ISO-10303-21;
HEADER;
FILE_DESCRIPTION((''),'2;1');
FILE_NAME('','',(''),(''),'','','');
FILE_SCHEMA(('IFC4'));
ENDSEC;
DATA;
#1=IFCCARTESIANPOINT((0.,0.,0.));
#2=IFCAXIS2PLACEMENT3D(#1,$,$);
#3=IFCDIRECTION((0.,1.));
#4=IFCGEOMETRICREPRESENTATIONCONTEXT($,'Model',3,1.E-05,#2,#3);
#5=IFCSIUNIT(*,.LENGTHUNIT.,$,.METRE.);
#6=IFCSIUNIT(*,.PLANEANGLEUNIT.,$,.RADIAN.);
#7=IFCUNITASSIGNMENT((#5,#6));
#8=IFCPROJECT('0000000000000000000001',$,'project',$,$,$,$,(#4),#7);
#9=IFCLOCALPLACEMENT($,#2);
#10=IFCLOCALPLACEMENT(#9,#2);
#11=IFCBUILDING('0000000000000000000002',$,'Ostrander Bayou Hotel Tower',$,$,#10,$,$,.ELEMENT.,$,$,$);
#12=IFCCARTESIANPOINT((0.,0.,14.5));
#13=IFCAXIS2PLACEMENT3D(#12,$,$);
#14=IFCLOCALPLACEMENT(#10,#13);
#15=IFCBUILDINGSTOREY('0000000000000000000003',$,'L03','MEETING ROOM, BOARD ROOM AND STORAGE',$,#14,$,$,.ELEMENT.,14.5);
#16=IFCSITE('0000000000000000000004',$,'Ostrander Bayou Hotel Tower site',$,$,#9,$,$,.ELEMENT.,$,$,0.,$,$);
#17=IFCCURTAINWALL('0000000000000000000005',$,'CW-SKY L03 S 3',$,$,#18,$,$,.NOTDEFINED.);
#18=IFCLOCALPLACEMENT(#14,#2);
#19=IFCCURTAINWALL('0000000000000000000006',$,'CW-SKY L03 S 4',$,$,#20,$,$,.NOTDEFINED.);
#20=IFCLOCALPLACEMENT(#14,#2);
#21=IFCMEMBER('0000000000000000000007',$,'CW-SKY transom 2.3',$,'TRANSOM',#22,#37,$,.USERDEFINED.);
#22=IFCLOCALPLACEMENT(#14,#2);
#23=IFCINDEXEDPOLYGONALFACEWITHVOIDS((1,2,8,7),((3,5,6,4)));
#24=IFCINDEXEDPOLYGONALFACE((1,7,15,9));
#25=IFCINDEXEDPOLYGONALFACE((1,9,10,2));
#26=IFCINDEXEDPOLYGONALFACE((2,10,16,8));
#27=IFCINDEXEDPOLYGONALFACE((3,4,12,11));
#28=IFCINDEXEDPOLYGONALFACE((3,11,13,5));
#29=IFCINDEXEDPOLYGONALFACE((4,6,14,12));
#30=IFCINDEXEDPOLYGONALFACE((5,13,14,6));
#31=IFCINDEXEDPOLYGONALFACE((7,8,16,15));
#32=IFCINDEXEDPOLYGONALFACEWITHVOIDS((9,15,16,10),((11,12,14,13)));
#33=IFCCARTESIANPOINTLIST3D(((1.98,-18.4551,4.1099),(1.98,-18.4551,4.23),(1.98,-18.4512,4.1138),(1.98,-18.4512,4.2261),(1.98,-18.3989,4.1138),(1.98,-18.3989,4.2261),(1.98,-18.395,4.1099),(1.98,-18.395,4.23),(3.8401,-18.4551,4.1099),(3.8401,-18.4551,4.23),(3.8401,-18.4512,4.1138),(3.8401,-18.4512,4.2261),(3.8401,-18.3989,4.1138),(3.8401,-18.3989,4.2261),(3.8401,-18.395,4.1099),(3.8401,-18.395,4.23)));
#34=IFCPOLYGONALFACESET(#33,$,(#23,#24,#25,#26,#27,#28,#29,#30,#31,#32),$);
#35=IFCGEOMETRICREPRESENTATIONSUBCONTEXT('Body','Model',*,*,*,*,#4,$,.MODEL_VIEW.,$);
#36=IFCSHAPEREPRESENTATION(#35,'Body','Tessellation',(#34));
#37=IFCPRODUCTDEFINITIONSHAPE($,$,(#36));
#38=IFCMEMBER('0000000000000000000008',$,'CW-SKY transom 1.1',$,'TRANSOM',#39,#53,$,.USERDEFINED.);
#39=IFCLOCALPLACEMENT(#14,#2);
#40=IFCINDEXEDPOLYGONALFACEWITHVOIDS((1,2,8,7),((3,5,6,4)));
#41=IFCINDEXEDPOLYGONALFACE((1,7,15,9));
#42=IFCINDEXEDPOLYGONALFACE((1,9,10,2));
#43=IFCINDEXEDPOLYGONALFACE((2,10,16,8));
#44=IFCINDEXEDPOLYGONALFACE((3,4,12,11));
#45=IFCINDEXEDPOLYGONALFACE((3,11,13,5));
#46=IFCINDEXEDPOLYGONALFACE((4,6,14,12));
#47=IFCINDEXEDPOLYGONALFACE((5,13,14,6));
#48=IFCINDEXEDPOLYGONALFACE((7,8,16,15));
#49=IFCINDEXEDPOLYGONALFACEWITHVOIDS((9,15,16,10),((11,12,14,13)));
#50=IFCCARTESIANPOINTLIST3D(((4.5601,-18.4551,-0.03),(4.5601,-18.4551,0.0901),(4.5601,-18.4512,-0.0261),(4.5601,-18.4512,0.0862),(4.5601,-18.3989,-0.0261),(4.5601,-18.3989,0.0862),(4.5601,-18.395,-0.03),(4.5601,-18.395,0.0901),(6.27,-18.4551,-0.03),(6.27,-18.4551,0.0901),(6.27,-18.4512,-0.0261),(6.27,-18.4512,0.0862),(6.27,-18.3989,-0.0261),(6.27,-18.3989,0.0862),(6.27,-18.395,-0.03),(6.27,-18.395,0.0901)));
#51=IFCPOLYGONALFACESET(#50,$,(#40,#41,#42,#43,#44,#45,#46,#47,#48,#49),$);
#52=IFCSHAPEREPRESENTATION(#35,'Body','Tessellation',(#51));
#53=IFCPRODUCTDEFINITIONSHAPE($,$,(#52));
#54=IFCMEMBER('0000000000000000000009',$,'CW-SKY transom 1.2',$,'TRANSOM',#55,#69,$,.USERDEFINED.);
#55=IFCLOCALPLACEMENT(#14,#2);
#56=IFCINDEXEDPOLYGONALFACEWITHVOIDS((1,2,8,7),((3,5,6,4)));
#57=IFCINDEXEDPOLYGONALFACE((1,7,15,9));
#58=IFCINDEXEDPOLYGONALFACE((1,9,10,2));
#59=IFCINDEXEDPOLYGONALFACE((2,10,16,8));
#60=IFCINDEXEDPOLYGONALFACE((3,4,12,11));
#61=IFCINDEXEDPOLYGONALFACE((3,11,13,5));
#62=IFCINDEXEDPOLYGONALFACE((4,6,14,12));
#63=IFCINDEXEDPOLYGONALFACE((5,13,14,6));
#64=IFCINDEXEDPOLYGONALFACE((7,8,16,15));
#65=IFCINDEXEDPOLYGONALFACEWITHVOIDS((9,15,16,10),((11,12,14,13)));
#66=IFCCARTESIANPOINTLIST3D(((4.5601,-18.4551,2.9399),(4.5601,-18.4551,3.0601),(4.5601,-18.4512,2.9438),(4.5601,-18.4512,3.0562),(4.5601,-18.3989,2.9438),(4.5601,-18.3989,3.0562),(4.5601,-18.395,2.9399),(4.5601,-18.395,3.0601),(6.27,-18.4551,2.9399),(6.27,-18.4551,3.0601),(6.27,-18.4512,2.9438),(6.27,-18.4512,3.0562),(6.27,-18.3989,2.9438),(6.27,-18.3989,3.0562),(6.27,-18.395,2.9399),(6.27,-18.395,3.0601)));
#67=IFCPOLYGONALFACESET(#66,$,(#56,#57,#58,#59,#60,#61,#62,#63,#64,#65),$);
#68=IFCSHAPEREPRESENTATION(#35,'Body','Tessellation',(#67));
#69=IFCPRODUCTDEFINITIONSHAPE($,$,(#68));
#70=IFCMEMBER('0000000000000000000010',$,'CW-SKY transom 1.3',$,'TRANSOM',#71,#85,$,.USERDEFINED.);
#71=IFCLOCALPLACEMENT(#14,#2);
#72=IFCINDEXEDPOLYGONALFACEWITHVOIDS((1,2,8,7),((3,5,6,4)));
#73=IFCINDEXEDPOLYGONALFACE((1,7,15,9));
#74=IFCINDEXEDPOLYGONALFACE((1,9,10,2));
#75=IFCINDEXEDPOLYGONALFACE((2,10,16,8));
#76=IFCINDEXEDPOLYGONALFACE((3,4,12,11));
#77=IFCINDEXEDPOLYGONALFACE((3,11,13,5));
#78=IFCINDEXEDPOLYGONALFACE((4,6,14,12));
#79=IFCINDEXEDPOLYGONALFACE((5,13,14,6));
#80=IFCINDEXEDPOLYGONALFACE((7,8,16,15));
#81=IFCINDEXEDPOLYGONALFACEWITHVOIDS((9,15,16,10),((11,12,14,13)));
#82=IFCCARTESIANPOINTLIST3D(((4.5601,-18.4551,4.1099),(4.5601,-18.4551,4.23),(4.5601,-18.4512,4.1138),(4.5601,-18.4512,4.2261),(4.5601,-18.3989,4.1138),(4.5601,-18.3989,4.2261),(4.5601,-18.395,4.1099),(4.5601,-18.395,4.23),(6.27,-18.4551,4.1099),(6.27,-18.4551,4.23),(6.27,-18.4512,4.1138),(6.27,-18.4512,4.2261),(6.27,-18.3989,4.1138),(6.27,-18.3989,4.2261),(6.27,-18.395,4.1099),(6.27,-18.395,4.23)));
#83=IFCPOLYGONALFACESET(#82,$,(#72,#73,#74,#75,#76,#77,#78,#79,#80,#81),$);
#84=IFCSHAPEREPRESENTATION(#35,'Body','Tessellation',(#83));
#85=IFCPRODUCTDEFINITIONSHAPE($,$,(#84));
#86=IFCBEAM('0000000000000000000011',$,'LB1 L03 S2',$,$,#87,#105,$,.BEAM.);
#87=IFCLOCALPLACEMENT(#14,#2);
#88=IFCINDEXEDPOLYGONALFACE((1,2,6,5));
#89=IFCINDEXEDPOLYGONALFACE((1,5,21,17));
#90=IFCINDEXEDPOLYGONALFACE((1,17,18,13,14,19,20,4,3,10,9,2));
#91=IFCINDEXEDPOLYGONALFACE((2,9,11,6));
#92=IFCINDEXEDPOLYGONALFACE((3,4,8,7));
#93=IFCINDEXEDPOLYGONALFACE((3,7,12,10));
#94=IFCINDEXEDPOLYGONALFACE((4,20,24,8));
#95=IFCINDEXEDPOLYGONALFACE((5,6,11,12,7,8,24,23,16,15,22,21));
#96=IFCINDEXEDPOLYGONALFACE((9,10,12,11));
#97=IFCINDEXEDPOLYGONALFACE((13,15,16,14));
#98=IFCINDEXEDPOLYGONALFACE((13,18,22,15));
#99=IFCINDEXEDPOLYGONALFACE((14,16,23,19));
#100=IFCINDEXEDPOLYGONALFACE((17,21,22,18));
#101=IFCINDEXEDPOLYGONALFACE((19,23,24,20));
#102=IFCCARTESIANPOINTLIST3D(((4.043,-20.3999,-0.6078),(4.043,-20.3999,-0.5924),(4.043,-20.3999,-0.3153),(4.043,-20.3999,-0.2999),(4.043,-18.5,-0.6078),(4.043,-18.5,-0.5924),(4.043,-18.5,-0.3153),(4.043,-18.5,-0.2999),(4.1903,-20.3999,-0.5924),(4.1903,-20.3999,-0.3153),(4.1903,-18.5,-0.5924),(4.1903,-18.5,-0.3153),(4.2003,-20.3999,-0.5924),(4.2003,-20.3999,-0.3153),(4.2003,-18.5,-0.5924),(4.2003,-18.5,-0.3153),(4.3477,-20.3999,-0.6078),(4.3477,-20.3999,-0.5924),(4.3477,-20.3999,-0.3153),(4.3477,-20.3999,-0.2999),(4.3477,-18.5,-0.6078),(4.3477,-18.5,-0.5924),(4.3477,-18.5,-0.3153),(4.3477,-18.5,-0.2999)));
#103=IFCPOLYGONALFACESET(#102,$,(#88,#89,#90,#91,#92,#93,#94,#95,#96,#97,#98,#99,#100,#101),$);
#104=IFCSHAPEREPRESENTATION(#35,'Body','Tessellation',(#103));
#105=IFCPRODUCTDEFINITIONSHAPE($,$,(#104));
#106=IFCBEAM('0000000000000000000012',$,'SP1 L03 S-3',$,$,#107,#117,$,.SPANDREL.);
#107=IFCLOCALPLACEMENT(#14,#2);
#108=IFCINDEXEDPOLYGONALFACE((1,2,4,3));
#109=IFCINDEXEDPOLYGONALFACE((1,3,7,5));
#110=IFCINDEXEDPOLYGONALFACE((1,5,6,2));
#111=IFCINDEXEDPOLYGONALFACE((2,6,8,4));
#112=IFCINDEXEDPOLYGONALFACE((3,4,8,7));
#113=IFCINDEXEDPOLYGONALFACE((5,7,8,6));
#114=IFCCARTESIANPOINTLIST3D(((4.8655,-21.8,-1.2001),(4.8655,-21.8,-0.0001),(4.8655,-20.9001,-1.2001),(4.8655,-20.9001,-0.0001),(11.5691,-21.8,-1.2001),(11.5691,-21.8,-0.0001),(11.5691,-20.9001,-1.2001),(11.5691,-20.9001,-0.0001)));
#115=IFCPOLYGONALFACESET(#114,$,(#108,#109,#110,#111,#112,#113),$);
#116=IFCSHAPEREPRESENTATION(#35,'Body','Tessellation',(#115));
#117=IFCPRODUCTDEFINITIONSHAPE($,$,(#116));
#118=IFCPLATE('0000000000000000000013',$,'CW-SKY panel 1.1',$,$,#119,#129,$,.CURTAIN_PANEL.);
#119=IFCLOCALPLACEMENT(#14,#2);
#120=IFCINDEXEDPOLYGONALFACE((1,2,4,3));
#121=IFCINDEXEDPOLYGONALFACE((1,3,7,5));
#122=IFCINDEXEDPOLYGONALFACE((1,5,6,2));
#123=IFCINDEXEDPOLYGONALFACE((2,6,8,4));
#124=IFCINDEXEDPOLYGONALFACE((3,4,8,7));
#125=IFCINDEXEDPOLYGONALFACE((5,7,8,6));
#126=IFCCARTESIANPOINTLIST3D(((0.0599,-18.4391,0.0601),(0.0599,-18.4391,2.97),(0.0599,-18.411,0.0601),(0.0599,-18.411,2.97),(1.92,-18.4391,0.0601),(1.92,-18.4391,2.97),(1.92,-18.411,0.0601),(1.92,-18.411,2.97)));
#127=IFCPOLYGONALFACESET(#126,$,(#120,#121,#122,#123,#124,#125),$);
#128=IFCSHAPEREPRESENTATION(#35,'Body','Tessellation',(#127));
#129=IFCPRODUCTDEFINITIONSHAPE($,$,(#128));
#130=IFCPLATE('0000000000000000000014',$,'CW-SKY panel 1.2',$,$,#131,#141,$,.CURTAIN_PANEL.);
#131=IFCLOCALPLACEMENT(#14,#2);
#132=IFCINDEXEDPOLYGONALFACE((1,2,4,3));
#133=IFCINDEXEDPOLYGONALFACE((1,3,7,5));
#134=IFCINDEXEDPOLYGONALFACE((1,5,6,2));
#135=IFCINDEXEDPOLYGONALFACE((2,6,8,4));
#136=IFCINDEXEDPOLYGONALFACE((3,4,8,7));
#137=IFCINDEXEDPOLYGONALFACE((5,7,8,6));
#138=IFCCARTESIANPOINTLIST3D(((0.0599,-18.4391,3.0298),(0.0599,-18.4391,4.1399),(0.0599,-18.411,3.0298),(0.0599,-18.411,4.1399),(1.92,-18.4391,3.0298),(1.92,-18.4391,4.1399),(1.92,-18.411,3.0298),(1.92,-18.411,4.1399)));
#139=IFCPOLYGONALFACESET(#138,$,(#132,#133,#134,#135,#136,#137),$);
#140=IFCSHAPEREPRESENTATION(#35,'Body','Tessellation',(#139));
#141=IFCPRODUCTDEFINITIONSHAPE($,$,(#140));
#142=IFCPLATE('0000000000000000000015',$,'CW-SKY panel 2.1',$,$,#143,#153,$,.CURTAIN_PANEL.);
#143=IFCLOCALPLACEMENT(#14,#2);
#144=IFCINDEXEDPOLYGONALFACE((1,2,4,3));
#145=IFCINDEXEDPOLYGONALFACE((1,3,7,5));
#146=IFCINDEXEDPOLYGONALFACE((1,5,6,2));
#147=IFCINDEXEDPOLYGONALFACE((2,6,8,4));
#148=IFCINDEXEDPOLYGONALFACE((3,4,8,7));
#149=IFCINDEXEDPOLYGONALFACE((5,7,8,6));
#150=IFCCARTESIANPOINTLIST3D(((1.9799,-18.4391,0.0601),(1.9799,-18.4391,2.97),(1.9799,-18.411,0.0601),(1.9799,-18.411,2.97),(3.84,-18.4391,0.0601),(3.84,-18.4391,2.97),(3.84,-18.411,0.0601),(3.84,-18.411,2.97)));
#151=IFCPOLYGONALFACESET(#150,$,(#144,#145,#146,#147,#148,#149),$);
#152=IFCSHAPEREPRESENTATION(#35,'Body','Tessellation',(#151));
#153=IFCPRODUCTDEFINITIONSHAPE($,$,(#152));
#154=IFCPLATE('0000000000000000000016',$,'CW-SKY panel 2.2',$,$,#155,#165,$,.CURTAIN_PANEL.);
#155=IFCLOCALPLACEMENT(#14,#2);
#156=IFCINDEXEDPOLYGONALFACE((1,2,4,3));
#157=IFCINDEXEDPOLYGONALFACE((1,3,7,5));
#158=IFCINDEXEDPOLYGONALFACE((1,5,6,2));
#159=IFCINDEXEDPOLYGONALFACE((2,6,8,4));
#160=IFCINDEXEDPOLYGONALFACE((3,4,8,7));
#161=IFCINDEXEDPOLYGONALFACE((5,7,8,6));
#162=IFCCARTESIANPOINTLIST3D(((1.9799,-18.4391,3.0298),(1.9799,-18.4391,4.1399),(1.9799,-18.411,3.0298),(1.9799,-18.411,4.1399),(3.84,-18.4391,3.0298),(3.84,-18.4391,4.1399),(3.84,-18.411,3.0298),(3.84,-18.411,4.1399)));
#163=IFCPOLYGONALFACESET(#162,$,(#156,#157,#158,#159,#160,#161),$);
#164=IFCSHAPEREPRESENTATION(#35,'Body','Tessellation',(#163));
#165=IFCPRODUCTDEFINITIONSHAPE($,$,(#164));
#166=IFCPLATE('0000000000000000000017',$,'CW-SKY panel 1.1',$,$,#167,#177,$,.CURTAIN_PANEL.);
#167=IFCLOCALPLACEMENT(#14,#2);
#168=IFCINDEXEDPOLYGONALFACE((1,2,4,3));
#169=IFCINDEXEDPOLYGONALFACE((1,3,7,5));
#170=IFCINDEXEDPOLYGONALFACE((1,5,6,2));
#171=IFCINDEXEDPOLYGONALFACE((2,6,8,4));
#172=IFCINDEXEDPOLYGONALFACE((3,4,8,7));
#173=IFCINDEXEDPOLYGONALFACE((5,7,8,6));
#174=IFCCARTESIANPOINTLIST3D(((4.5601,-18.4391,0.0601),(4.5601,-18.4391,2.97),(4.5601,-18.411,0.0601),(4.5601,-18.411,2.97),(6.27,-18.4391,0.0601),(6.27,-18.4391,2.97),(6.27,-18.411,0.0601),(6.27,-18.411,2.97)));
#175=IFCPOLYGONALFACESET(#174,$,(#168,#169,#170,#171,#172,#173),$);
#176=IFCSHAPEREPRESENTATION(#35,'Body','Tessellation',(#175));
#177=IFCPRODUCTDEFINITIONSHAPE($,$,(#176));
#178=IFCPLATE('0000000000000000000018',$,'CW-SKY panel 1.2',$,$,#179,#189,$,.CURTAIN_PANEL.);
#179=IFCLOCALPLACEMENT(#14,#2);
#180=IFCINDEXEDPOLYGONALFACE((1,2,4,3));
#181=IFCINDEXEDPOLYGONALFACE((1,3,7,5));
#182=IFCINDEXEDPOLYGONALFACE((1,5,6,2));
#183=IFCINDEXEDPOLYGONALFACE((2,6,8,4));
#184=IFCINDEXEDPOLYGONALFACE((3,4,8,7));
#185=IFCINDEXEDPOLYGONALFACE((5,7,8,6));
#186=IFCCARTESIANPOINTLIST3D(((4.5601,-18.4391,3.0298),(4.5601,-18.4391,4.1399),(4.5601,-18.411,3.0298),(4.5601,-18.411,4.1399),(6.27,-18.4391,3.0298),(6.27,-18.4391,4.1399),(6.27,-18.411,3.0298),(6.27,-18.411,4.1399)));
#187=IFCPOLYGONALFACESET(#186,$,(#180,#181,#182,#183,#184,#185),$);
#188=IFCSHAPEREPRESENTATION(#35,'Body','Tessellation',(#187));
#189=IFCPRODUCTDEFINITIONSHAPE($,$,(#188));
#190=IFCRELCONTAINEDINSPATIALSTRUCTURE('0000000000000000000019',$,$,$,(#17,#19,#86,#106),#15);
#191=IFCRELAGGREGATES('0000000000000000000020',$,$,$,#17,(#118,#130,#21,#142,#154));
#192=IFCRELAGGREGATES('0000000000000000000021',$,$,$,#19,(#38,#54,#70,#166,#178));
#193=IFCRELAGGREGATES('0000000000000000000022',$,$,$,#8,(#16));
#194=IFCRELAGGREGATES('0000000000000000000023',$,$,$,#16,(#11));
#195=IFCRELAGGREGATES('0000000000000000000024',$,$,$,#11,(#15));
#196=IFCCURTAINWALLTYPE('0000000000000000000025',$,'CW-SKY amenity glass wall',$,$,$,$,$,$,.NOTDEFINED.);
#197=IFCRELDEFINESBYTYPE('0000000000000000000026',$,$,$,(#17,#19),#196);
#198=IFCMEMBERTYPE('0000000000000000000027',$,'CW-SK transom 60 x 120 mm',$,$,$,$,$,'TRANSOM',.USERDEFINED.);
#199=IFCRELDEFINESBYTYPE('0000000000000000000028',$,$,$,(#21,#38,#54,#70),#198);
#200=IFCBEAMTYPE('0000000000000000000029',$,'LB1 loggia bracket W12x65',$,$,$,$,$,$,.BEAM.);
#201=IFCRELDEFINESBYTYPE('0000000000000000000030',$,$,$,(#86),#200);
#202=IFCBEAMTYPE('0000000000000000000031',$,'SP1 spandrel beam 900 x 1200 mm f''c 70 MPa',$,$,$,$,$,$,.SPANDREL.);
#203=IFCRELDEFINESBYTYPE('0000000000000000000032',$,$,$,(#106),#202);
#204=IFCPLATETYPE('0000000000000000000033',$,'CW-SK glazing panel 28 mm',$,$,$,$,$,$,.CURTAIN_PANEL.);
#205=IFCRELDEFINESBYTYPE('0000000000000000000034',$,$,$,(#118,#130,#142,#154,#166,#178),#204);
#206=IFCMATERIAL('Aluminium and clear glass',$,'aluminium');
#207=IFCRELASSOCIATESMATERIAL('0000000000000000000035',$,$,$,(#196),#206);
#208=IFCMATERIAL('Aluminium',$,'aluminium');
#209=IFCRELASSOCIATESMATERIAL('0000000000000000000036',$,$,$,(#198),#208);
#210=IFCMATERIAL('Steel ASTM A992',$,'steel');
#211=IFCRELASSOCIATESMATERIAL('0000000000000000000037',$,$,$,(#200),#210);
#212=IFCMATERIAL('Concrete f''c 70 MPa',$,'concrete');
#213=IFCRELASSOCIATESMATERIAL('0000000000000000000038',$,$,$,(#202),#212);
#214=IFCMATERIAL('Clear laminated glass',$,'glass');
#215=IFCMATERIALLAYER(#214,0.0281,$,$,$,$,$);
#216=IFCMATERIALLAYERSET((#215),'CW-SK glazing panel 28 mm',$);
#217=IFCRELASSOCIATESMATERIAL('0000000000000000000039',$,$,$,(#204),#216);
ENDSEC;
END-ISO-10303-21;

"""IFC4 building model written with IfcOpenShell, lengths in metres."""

from ifc_helpers import new_model, si_unit, direction, frame, origin, origin_2d, place, context, subcontext, project, spatial, rectangle, hollow_rectangle, i_section, extrude, material, layer, layer_set, material_profile, profile_set, type_object, element, aggregate, save


model = new_model("IFC4")

# Units and contexts
model_context = context("Model", 3, precision=1e-05, world=origin(), true_north=direction((0.0, 1.0)))
body_context = subcontext(model_context, "Body", "Model", "MODEL_VIEW")
ifc_project = project(units=[si_unit("LENGTHUNIT", "METRE"), si_unit("PLANEANGLEUNIT", "RADIAN")], contexts=[model_context])

# Site, building, storey
site_placement = place(None, origin())
site = spatial("IfcSite", under=ifc_project, at=site_placement, Name="Ostrander Bayou Hotel Tower site", CompositionType="ELEMENT", RefElevation=0.0)
building_placement = place(site_placement, origin())
building = spatial("IfcBuilding", under=site, at=building_placement, Name="Ostrander Bayou Hotel Tower", CompositionType="ELEMENT")
storey_placement = place(building_placement, frame((0.0, 0.0, 14.5)))
storey = spatial("IfcBuildingStorey", under=building, at=storey_placement, Name="L03", Description="MEETING ROOM, BOARD ROOM AND STORAGE", CompositionType="ELEMENT", Elevation=14.5)

# Curtain walls
ifc_material_1 = material(Name="Aluminium and clear glass", Category="aluminium")
curtain_wall_type = type_object("IfcCurtainWallType", Name="CW-SKY amenity glass wall", PredefinedType="NOTDEFINED", material=ifc_material_1)
curtain_wall_1_placement = place(storey_placement, origin())
curtain_wall_1 = element("IfcCurtainWall", 1, at=curtain_wall_1_placement, inside=storey, type_object=curtain_wall_type, Name="CW-SKY L03 S 3", PredefinedType="NOTDEFINED")
curtain_wall_2_placement = place(storey_placement, origin())
curtain_wall_2 = element("IfcCurtainWall", 2, at=curtain_wall_2_placement, inside=storey, type_object=curtain_wall_type, Name="CW-SKY L03 S 4", PredefinedType="NOTDEFINED")

# Members
ifc_material_2 = material(Name="Aluminium", Category="aluminium")
ifc_material_profile_1 = material_profile(ifc_material_2, hollow_rectangle(XDim=0.0601, YDim=0.1201, WallThickness=0.0039, at=origin_2d()))
ifc_profile_set_1 = profile_set([ifc_material_profile_1], Name="Aluminium")
member_type_1 = type_object("IfcMemberType", Name="CW-SK transom 60 x 120 mm", ElementType="TRANSOM", PredefinedType="USERDEFINED", material=ifc_profile_set_1)
member_1_placement = place(storey_placement, frame((1.98, -18.425, 4.1699), z_axis=(1.0, 0.0, 0.0), x_axis=(0.0, 1.0, 0.0)))
member_1 = element("IfcMember", 3, at=member_1_placement, type_object=member_type_1, Name="CW-SKY transom 2.3", ObjectType="TRANSOM", PredefinedType="USERDEFINED", context=body_context, shape_type="SweptSolid", body=[
    extrude(hollow_rectangle(XDim=0.0601, YDim=0.1201, WallThickness=0.0039, at=origin_2d()), origin(), (0.0, 0.0, 1.0), 1.8601),
])
member_2_placement = place(storey_placement, frame((4.5601, -18.425, 0.03), z_axis=(1.0, 0.0, 0.0), x_axis=(0.0, 1.0, 0.0)))
member_2 = element("IfcMember", 4, at=member_2_placement, type_object=member_type_1, Name="CW-SKY transom 1.1", ObjectType="TRANSOM", PredefinedType="USERDEFINED", context=body_context, shape_type="SweptSolid", body=[
    extrude(hollow_rectangle(XDim=0.0601, YDim=0.1201, WallThickness=0.0039, at=origin_2d()), origin(), (0.0, 0.0, 1.0), 1.71),
])
member_3_placement = place(storey_placement, frame((4.5601, -18.425, 3.0), z_axis=(1.0, 0.0, 0.0), x_axis=(0.0, 1.0, 0.0)))
member_3 = element("IfcMember", 5, at=member_3_placement, type_object=member_type_1, Name="CW-SKY transom 1.2", ObjectType="TRANSOM", PredefinedType="USERDEFINED", context=body_context, shape_type="SweptSolid", body=[
    extrude(hollow_rectangle(XDim=0.0601, YDim=0.1201, WallThickness=0.0039, at=origin_2d()), origin(), (0.0, 0.0, 1.0), 1.71),
])
member_4_placement = place(storey_placement, frame((4.5601, -18.425, 4.1699), z_axis=(1.0, 0.0, 0.0), x_axis=(0.0, 1.0, 0.0)))
member_4 = element("IfcMember", 6, at=member_4_placement, type_object=member_type_1, Name="CW-SKY transom 1.3", ObjectType="TRANSOM", PredefinedType="USERDEFINED", context=body_context, shape_type="SweptSolid", body=[
    extrude(hollow_rectangle(XDim=0.0601, YDim=0.1201, WallThickness=0.0039, at=origin_2d()), origin(), (0.0, 0.0, 1.0), 1.71),
])

# Beams
ifc_material_3 = material(Name="Steel ASTM A992", Category="steel")
ifc_material_profile_2 = material_profile(ifc_material_3, i_section(OverallWidth=0.3047, OverallDepth=0.3079, WebThickness=0.01, FlangeThickness=0.0154, at=origin_2d()))
ifc_profile_set_2 = profile_set([ifc_material_profile_2], Name="Steel ASTM A992")
beam_type_1 = type_object("IfcBeamType", Name="LB1 loggia bracket W12x65", PredefinedType="BEAM", material=ifc_profile_set_2)
beam_1_placement = place(storey_placement, frame((4.1953, -20.3999, -0.4539), z_axis=(0.0, 1.0, 0.0), x_axis=(-1.0, 0.0, 0.0)))
element("IfcBeam", 7, at=beam_1_placement, inside=storey, type_object=beam_type_1, Name="LB1 L03 S2", PredefinedType="BEAM", context=body_context, shape_type="SweptSolid", body=[
    extrude(i_section(OverallWidth=0.3047, OverallDepth=0.3079, WebThickness=0.01, FlangeThickness=0.0154, at=origin_2d()), origin(), (0.0, 0.0, 1.0), 1.8999),
])
ifc_material_4 = material(Name="Concrete f'c 70 MPa", Category="concrete")
ifc_material_profile_3 = material_profile(ifc_material_4, rectangle(XDim=0.8999, YDim=1.2, at=origin_2d()))
ifc_profile_set_3 = profile_set([ifc_material_profile_3], Name="Concrete f'c 70 MPa")
beam_type_2 = type_object("IfcBeamType", Name="SP1 spandrel beam 900 x 1200 mm f'c 70 MPa", PredefinedType="SPANDREL", material=ifc_profile_set_3)
beam_2_placement = place(storey_placement, frame((4.8655, -21.3501, -0.6001), z_axis=(1.0, 0.0, 0.0), x_axis=(0.0, 1.0, 0.0)))
element("IfcBeam", 8, at=beam_2_placement, inside=storey, type_object=beam_type_2, Name="SP1 L03 S-3", PredefinedType="SPANDREL", context=body_context, shape_type="SweptSolid", body=[
    extrude(rectangle(XDim=0.8999, YDim=1.2, at=origin_2d()), origin(), (0.0, 0.0, 1.0), 6.7036),
])

# Plates
ifc_material_5 = material(Name="Clear laminated glass", Category="glass")
ifc_layer_1 = layer(ifc_material_5, 0.0281)
ifc_layer_set_1 = layer_set([ifc_layer_1], Name="CW-SK glazing panel 28 mm")
plate_type = type_object("IfcPlateType", Name="CW-SK glazing panel 28 mm", PredefinedType="CURTAIN_PANEL", material=ifc_layer_set_1)
plate_1_placement = place(storey_placement, frame((0.99, -18.425, 0.0601), z_axis=(0.0, 0.0, 1.0), x_axis=(1.0, 0.0, 0.0)))
plate_1 = element("IfcPlate", 9, at=plate_1_placement, type_object=plate_type, Name="CW-SKY panel 1.1", PredefinedType="CURTAIN_PANEL", context=body_context, shape_type="SweptSolid", body=[
    extrude(rectangle(XDim=1.8601, YDim=0.0281, at=origin_2d()), origin(), (0.0, 0.0, 1.0), 2.9099),
])
plate_2_placement = place(storey_placement, frame((0.99, -18.425, 3.0298), z_axis=(0.0, 0.0, 1.0), x_axis=(1.0, 0.0, 0.0)))
plate_2 = element("IfcPlate", 10, at=plate_2_placement, type_object=plate_type, Name="CW-SKY panel 1.2", PredefinedType="CURTAIN_PANEL", context=body_context, shape_type="SweptSolid", body=[
    extrude(rectangle(XDim=1.8601, YDim=0.0281, at=origin_2d()), origin(), (0.0, 0.0, 1.0), 1.1101),
])
plate_3_placement = place(storey_placement, frame((2.9099, -18.425, 0.0601), z_axis=(0.0, 0.0, 1.0), x_axis=(1.0, 0.0, 0.0)))
plate_3 = element("IfcPlate", 11, at=plate_3_placement, type_object=plate_type, Name="CW-SKY panel 2.1", PredefinedType="CURTAIN_PANEL", context=body_context, shape_type="SweptSolid", body=[
    extrude(rectangle(XDim=1.8601, YDim=0.0281, at=origin_2d()), origin(), (0.0, 0.0, 1.0), 2.9099),
])
plate_4_placement = place(storey_placement, frame((2.9099, -18.425, 3.0298), z_axis=(0.0, 0.0, 1.0), x_axis=(1.0, 0.0, 0.0)))
plate_4 = element("IfcPlate", 12, at=plate_4_placement, type_object=plate_type, Name="CW-SKY panel 2.2", PredefinedType="CURTAIN_PANEL", context=body_context, shape_type="SweptSolid", body=[
    extrude(rectangle(XDim=1.8601, YDim=0.0281, at=origin_2d()), origin(), (0.0, 0.0, 1.0), 1.1101),
])
aggregate(curtain_wall_1, [plate_1, plate_2, member_1, plate_3, plate_4])
plate_5_placement = place(storey_placement, frame((5.415, -18.425, 0.0601), z_axis=(0.0, 0.0, 1.0), x_axis=(1.0, 0.0, 0.0)))
plate_5 = element("IfcPlate", 13, at=plate_5_placement, type_object=plate_type, Name="CW-SKY panel 1.1", PredefinedType="CURTAIN_PANEL", context=body_context, shape_type="SweptSolid", body=[
    extrude(rectangle(XDim=1.71, YDim=0.0281, at=origin_2d()), origin(), (0.0, 0.0, 1.0), 2.9099),
])
plate_6_placement = place(storey_placement, frame((5.415, -18.425, 3.0298), z_axis=(0.0, 0.0, 1.0), x_axis=(1.0, 0.0, 0.0)))
plate_6 = element("IfcPlate", 14, at=plate_6_placement, type_object=plate_type, Name="CW-SKY panel 1.2", PredefinedType="CURTAIN_PANEL", context=body_context, shape_type="SweptSolid", body=[
    extrude(rectangle(XDim=1.71, YDim=0.0281, at=origin_2d()), origin(), (0.0, 0.0, 1.0), 1.1101),
])
aggregate(curtain_wall_2, [member_2, member_3, member_4, plate_5, plate_6])

save(model, "model.ifc")
